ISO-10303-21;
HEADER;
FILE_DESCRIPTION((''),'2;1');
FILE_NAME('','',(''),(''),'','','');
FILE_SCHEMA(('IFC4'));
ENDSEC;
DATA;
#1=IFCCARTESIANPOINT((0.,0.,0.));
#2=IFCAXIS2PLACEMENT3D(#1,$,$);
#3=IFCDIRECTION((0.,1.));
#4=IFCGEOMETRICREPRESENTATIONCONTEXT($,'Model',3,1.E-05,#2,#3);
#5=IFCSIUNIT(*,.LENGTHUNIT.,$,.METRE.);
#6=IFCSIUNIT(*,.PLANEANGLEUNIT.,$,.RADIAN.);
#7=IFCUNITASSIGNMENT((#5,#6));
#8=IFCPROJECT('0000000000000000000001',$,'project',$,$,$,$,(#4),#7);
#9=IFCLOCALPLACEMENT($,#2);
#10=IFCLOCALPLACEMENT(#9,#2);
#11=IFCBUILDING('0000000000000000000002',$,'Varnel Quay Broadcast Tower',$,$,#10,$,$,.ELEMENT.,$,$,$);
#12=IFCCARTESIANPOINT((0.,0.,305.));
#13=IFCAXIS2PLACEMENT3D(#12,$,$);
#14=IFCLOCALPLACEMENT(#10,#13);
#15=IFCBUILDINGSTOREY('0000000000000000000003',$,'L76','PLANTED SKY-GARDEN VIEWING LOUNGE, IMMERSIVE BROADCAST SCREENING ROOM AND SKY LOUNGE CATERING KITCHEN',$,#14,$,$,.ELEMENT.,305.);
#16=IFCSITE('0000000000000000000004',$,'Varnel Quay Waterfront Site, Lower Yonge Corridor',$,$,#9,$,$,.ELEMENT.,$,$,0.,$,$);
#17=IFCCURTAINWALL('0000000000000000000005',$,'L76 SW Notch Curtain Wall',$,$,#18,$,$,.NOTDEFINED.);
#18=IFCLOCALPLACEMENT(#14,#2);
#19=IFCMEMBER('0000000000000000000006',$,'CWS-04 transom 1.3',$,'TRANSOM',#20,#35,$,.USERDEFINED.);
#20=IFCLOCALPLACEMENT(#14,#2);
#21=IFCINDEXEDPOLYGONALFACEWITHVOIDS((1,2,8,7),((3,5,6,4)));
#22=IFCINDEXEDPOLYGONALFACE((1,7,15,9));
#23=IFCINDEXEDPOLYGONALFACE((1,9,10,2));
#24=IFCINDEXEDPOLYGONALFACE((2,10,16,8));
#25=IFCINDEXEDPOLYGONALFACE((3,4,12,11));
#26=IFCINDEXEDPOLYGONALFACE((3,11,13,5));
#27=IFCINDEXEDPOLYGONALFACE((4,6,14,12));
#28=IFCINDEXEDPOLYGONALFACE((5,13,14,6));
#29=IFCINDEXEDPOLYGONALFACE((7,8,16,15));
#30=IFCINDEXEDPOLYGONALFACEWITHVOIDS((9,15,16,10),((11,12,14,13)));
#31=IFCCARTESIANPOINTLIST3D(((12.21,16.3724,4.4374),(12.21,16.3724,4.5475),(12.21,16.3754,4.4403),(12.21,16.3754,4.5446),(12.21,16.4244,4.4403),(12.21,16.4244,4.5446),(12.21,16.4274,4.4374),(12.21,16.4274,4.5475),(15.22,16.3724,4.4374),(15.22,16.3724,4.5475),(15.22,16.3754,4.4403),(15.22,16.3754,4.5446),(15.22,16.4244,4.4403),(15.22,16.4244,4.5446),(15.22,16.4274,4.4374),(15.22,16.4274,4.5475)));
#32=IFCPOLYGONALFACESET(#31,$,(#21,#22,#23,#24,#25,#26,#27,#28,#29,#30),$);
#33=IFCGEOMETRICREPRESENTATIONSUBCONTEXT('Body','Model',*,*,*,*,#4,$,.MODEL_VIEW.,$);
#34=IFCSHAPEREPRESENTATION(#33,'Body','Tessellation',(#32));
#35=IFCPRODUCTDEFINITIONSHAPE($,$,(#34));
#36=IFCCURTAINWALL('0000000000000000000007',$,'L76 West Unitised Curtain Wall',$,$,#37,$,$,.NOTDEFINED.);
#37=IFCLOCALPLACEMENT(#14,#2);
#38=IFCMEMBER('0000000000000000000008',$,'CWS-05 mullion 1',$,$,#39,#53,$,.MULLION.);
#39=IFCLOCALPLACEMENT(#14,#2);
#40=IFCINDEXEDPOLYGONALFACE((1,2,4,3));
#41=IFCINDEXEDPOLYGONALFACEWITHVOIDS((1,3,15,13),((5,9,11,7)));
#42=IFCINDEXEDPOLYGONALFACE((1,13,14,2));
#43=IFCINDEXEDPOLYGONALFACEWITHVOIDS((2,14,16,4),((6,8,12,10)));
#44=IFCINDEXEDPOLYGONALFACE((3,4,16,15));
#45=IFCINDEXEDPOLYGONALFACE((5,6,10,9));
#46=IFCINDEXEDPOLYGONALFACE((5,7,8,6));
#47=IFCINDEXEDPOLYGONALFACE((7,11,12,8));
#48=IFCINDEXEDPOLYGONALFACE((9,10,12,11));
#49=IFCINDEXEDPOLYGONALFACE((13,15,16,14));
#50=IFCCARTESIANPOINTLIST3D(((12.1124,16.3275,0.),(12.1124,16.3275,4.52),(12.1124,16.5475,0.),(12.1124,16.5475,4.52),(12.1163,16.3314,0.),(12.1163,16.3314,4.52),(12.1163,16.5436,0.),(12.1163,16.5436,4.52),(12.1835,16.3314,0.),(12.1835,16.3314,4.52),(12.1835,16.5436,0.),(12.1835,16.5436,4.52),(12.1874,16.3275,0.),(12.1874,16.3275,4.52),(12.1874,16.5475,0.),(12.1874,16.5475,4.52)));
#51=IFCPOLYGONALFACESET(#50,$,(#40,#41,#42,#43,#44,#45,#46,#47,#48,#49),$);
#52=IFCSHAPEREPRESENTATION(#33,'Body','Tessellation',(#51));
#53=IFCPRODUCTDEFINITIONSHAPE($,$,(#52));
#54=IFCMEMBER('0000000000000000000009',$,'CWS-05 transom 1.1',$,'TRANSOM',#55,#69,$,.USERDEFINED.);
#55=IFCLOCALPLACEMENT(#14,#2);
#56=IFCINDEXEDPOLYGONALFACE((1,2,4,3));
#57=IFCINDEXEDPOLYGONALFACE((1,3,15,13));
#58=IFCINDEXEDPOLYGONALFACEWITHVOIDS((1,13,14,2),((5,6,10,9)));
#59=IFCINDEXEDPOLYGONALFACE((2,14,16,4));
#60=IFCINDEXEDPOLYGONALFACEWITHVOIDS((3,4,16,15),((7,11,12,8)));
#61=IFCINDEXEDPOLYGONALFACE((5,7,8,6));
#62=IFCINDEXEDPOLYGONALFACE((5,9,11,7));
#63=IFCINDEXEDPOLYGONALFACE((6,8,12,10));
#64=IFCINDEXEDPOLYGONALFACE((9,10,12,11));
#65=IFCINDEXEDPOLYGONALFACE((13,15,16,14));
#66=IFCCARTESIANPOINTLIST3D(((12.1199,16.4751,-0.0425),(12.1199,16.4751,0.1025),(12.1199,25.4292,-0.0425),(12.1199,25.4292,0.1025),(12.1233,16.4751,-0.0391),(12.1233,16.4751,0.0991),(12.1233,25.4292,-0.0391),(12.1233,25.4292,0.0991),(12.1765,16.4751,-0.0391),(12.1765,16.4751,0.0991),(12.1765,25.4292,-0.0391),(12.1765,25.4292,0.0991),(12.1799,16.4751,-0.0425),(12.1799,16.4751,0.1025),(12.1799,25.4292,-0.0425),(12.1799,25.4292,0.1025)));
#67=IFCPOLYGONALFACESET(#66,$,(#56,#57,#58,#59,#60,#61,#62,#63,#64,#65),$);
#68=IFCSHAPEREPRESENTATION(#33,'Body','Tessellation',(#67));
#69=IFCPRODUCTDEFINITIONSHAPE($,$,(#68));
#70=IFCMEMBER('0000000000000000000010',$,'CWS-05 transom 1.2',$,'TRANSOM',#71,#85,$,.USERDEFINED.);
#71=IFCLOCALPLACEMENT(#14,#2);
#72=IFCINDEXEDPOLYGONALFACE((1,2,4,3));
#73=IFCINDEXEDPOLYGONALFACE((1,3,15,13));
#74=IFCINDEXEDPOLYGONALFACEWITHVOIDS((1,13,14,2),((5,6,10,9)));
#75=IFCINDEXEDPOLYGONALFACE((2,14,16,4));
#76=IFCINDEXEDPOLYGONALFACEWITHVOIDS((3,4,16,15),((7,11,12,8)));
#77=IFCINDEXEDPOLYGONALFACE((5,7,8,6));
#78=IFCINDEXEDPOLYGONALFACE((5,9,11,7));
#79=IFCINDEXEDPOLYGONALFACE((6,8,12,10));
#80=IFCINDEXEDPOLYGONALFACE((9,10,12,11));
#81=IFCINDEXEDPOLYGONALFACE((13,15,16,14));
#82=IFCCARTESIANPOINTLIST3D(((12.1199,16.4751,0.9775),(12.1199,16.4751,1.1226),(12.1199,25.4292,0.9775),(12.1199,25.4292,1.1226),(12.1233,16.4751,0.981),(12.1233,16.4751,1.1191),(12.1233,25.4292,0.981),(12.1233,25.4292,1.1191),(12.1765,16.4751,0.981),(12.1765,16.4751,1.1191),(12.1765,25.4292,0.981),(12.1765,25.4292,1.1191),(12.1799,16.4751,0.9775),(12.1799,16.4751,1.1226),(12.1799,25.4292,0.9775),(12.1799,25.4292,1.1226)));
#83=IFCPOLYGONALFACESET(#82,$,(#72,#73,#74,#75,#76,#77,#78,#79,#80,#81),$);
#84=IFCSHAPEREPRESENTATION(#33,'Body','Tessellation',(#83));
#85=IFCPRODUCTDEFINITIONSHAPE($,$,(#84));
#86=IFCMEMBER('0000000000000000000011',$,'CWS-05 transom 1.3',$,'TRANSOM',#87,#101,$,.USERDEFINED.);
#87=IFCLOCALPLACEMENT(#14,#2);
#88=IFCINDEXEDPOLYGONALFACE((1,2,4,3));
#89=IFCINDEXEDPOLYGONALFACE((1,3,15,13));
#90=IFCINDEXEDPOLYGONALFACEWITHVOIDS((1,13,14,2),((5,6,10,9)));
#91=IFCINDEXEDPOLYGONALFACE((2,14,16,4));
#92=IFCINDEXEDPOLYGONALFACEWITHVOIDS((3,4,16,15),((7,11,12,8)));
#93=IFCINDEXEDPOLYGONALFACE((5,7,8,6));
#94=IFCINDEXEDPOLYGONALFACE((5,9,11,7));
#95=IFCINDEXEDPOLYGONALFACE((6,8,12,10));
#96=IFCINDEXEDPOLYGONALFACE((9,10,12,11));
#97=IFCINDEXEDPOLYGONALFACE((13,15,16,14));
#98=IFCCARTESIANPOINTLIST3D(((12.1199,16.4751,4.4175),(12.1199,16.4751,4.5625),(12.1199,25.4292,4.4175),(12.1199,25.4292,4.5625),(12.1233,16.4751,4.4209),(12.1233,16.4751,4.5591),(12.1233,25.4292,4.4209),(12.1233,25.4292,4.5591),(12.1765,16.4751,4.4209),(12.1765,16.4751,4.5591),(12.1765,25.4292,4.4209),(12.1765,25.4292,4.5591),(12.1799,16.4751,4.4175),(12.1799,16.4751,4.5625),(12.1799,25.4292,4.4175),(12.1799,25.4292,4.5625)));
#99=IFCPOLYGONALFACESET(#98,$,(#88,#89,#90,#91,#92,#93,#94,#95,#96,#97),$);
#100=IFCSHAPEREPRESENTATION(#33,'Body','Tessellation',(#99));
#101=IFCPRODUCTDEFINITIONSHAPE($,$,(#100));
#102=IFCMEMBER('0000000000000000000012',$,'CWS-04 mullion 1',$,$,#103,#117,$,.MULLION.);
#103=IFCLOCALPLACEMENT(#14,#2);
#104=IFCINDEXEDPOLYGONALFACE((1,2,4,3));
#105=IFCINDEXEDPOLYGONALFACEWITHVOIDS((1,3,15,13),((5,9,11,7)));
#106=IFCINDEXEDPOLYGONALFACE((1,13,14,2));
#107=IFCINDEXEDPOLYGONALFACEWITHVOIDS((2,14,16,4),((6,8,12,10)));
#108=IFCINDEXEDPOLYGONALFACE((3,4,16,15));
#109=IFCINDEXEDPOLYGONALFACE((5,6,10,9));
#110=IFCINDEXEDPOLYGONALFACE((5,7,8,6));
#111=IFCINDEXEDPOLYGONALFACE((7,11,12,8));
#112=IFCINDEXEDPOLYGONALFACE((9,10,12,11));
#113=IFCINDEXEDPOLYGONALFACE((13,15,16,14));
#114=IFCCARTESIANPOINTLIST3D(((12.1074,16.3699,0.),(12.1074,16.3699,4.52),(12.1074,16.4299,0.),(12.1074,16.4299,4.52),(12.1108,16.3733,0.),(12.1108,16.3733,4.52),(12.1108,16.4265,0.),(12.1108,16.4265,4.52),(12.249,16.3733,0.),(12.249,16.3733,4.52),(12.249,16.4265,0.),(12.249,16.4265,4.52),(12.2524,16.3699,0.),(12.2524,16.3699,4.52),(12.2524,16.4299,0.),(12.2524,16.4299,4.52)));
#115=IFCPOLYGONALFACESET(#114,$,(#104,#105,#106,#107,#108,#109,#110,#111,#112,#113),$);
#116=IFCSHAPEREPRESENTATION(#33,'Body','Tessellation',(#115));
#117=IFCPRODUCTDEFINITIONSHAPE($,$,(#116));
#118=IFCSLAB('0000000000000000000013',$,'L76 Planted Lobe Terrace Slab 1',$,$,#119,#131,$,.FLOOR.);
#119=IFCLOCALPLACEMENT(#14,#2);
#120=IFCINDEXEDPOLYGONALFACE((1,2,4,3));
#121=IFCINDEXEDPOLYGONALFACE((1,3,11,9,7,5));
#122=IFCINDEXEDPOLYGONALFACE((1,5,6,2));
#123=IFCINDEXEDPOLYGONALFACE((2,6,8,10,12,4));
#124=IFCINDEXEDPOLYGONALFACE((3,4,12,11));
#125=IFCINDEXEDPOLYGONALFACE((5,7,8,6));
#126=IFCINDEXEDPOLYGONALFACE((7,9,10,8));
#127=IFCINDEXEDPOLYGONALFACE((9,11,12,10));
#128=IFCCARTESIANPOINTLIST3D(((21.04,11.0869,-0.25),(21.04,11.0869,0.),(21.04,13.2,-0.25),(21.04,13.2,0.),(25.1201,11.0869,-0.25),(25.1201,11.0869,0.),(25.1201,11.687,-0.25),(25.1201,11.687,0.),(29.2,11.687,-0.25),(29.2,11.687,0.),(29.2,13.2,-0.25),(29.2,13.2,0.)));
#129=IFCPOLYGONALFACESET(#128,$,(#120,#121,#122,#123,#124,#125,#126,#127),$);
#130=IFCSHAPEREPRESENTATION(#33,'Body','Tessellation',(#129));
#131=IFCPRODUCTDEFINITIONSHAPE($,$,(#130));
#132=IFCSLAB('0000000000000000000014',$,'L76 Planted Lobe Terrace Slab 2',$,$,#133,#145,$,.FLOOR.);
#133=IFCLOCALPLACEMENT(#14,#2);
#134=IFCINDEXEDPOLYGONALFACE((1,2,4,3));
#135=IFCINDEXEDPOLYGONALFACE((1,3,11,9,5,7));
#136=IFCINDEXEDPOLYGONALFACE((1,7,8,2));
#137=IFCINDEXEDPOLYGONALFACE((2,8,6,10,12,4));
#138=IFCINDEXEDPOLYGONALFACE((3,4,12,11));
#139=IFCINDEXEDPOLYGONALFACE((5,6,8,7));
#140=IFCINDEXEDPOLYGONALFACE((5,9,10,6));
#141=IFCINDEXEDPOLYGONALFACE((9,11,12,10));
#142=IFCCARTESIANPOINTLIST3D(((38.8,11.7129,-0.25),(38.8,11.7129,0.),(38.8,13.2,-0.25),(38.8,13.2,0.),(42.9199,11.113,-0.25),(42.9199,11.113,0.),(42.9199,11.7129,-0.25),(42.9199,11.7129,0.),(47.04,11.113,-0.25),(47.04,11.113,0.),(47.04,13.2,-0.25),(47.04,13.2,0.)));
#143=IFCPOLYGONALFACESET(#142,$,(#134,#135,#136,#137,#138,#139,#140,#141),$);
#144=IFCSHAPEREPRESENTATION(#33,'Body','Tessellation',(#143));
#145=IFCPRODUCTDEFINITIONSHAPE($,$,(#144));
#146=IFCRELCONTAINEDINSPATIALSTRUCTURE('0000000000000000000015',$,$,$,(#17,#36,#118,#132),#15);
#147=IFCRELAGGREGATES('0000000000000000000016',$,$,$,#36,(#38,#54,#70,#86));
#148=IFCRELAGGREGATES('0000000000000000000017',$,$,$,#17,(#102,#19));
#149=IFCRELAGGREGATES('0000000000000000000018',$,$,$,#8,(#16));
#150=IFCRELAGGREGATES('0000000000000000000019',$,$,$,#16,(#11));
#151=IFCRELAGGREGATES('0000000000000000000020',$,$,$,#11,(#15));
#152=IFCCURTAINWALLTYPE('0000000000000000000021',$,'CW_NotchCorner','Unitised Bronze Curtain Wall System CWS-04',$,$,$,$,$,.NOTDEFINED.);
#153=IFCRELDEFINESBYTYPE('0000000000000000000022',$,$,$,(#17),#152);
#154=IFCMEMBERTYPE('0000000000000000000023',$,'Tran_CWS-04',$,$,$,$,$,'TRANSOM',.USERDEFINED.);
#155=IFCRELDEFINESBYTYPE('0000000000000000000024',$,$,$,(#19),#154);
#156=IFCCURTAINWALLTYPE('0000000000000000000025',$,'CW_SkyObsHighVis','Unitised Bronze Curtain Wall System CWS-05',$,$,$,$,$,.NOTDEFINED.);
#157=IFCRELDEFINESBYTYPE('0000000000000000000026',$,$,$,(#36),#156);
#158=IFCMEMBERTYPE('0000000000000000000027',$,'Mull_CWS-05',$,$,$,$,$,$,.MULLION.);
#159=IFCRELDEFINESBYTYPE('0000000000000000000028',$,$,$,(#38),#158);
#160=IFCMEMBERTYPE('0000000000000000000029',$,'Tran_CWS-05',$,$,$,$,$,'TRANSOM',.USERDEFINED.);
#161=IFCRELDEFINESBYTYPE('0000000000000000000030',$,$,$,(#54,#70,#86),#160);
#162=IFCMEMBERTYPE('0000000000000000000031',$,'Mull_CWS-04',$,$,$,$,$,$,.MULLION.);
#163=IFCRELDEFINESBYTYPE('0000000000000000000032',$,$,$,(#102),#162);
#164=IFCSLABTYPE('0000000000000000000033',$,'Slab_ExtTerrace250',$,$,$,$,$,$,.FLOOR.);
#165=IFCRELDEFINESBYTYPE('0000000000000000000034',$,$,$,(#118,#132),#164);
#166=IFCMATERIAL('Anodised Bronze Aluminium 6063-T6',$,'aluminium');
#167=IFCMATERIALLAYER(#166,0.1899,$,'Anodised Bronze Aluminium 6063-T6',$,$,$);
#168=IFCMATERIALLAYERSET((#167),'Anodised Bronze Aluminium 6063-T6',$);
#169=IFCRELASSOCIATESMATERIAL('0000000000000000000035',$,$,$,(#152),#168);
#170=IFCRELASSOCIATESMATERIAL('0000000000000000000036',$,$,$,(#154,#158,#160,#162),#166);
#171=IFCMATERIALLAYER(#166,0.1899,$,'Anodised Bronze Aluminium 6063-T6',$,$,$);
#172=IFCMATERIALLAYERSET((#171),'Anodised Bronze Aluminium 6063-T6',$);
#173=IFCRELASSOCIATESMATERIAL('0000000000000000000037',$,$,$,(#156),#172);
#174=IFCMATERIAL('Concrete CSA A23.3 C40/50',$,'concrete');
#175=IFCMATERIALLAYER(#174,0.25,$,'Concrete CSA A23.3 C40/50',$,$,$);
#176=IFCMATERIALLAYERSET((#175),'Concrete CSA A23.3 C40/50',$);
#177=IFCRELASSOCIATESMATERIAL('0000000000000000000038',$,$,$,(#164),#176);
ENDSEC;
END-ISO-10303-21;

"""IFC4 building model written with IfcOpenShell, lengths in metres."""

from ifc_helpers import new_model, si_unit, direction, frame, origin, origin_2d, place, context, subcontext, project, spatial, polyline, hollow_rectangle, outline, extrude, source, transform, mapped, material, layer, layer_set, material_profile, profile_set, type_object, type_shapes, element, aggregate, save


model = new_model("IFC4")

# Units and contexts
model_context = context("Model", 3, precision=1e-05, world=origin(), true_north=direction((0.0, 1.0)))
body_context = subcontext(model_context, "Body", "Model", "MODEL_VIEW")
ifc_project = project(units=[si_unit("LENGTHUNIT", "METRE"), si_unit("PLANEANGLEUNIT", "RADIAN")], contexts=[model_context])

# Site, building, storey
site_placement = place(None, origin())
site = spatial("IfcSite", under=ifc_project, at=site_placement, Name="Varnel Quay Waterfront Site, Lower Yonge Corridor", CompositionType="ELEMENT", RefElevation=0.0)
building_placement = place(site_placement, origin())
building = spatial("IfcBuilding", under=site, at=building_placement, Name="Varnel Quay Broadcast Tower", CompositionType="ELEMENT")
storey_placement = place(building_placement, frame((0.0, 0.0, 305.0)))
storey = spatial("IfcBuildingStorey", under=building, at=storey_placement, Name="L76", Description="PLANTED SKY-GARDEN VIEWING LOUNGE, IMMERSIVE BROADCAST SCREENING ROOM AND SKY LOUNGE CATERING KITCHEN", CompositionType="ELEMENT", Elevation=305.0)

# Curtain walls, members
ifc_material_1 = material(Name="Anodised Bronze Aluminium 6063-T6", Category="aluminium")
ifc_layer_1 = layer(ifc_material_1, 0.1899, Name="Anodised Bronze Aluminium 6063-T6")
ifc_layer_set_1 = layer_set([ifc_layer_1], Name="Anodised Bronze Aluminium 6063-T6")
curtain_wall_type_1 = type_object("IfcCurtainWallType", Name="CW_NotchCorner", Description="Unitised Bronze Curtain Wall System CWS-04", PredefinedType="NOTDEFINED", material=ifc_layer_set_1)
curtain_wall_1_placement = place(storey_placement, origin())
curtain_wall_1 = element("IfcCurtainWall", 1, at=curtain_wall_1_placement, inside=storey, type_object=curtain_wall_type_1, Name="L76 SW Notch Curtain Wall", PredefinedType="NOTDEFINED")
ifc_material_profile_1 = material_profile(ifc_material_1, hollow_rectangle(XDim=0.0549, YDim=0.1101, WallThickness=0.0029, at=origin_2d()), Name="ALU55X110X3")
ifc_profile_set_1 = profile_set([ifc_material_profile_1], Name="Anodised Bronze Aluminium 6063-T6")
member_type_1 = type_object("IfcMemberType", Name="Tran_CWS-04", ElementType="TRANSOM", PredefinedType="USERDEFINED", material=ifc_profile_set_1)
shared_shape_1 = source(origin(), body_context, "Body", "SweptSolid", [
    extrude(hollow_rectangle(XDim=0.0549, YDim=0.1101, WallThickness=0.0029, at=origin_2d()), origin(), (0.0, 0.0, 1.0), 3.01),
])
type_shapes(member_type_1, [shared_shape_1])
member_1_placement = place(storey_placement, frame((12.21, 16.3999, 4.4924), z_axis=(1.0, 0.0, 0.0), x_axis=(0.0, 1.0, 0.0)))
member_1 = element("IfcMember", 2, at=member_1_placement, type_object=member_type_1, Name="CWS-04 transom 1.3", ObjectType="TRANSOM", PredefinedType="USERDEFINED", context=body_context, shape_type="MappedRepresentation", body=[
    mapped(shared_shape_1, transform((0.0, 0.0, 0.0), x_axis=(1.0, 0.0, 0.0), y_axis=(0.0, 1.0, 0.0), z_axis=(0.0, 0.0, 1.0), scale=1.0)),
])
ifc_layer_2 = layer(ifc_material_1, 0.1899, Name="Anodised Bronze Aluminium 6063-T6")
ifc_layer_set_2 = layer_set([ifc_layer_2], Name="Anodised Bronze Aluminium 6063-T6")
curtain_wall_type_2 = type_object("IfcCurtainWallType", Name="CW_SkyObsHighVis", Description="Unitised Bronze Curtain Wall System CWS-05", PredefinedType="NOTDEFINED", material=ifc_layer_set_2)
curtain_wall_2_placement = place(storey_placement, origin())
curtain_wall_2 = element("IfcCurtainWall", 3, at=curtain_wall_2_placement, inside=storey, type_object=curtain_wall_type_2, Name="L76 West Unitised Curtain Wall", PredefinedType="NOTDEFINED")
ifc_material_profile_2 = material_profile(ifc_material_1, hollow_rectangle(XDim=0.075, YDim=0.22, WallThickness=0.0039, at=origin_2d()), Name="ALU75X220X4")
ifc_profile_set_2 = profile_set([ifc_material_profile_2], Name="Anodised Bronze Aluminium 6063-T6")
member_type_2 = type_object("IfcMemberType", Name="Mull_CWS-05", PredefinedType="MULLION", material=ifc_profile_set_2)
shared_shape_2 = source(origin(), body_context, "Body", "SweptSolid", [
    extrude(hollow_rectangle(XDim=0.075, YDim=0.22, WallThickness=0.0039, at=origin_2d()), origin(), (0.0, 0.0, 1.0), 4.52),
])
type_shapes(member_type_2, [shared_shape_2])
member_2_placement = place(storey_placement, frame((12.1499, 16.4375, 0.0), z_axis=(0.0, 0.0, 1.0), x_axis=(-1.0, 0.0, 0.0)))
member_2 = element("IfcMember", 4, at=member_2_placement, type_object=member_type_2, Name="CWS-05 mullion 1", PredefinedType="MULLION", context=body_context, shape_type="MappedRepresentation", body=[
    mapped(shared_shape_2, transform((0.0, 0.0, 0.0), x_axis=(1.0, 0.0, 0.0), y_axis=(0.0, 1.0, 0.0), z_axis=(0.0, 0.0, 1.0), scale=1.0)),
])
ifc_material_profile_3 = material_profile(ifc_material_1, hollow_rectangle(XDim=0.0601, YDim=0.145, WallThickness=0.0034, at=origin_2d()), Name="ALU60X145X3.5")
ifc_profile_set_3 = profile_set([ifc_material_profile_3], Name="Anodised Bronze Aluminium 6063-T6")
member_type_3 = type_object("IfcMemberType", Name="Tran_CWS-05", ElementType="TRANSOM", PredefinedType="USERDEFINED", material=ifc_profile_set_3)
shared_shape_3 = source(origin(), body_context, "Body", "SweptSolid", [
    extrude(hollow_rectangle(XDim=0.0601, YDim=0.145, WallThickness=0.0034, at=origin_2d()), origin(), (0.0, 0.0, 1.0), 8.9541),
])
type_shapes(member_type_3, [shared_shape_3])
member_3_placement = place(storey_placement, frame((12.1499, 16.4751, 0.03), z_axis=(0.0, 1.0, 0.0), x_axis=(-1.0, 0.0, 0.0)))
member_3 = element("IfcMember", 5, at=member_3_placement, type_object=member_type_3, Name="CWS-05 transom 1.1", ObjectType="TRANSOM", PredefinedType="USERDEFINED", context=body_context, shape_type="MappedRepresentation", body=[
    mapped(shared_shape_3, transform((0.0, 0.0, 0.0), x_axis=(1.0, 0.0, 0.0), y_axis=(0.0, 1.0, 0.0), z_axis=(0.0, 0.0, 1.0), scale=1.0)),
])
member_4_placement = place(storey_placement, frame((12.1499, 16.4751, 1.05), z_axis=(0.0, 1.0, 0.0), x_axis=(-1.0, 0.0, 0.0)))
member_4 = element("IfcMember", 6, at=member_4_placement, type_object=member_type_3, Name="CWS-05 transom 1.2", ObjectType="TRANSOM", PredefinedType="USERDEFINED", context=body_context, shape_type="MappedRepresentation", body=[
    mapped(shared_shape_3, transform((0.0, 0.0, 0.0), x_axis=(1.0, 0.0, 0.0), y_axis=(0.0, 1.0, 0.0), z_axis=(0.0, 0.0, 1.0), scale=1.0)),
])
member_5_placement = place(storey_placement, frame((12.1499, 16.4751, 4.49), z_axis=(0.0, 1.0, 0.0), x_axis=(-1.0, 0.0, 0.0)))
member_5 = element("IfcMember", 7, at=member_5_placement, type_object=member_type_3, Name="CWS-05 transom 1.3", ObjectType="TRANSOM", PredefinedType="USERDEFINED", context=body_context, shape_type="MappedRepresentation", body=[
    mapped(shared_shape_3, transform((0.0, 0.0, 0.0), x_axis=(1.0, 0.0, 0.0), y_axis=(0.0, 1.0, 0.0), z_axis=(0.0, 0.0, 1.0), scale=1.0)),
])

# Member
ifc_material_profile_4 = material_profile(ifc_material_1, hollow_rectangle(XDim=0.0601, YDim=0.145, WallThickness=0.0034, at=origin_2d()), Name="ALU60X145X3.5")
ifc_profile_set_4 = profile_set([ifc_material_profile_4], Name="Anodised Bronze Aluminium 6063-T6")
member_type_4 = type_object("IfcMemberType", Name="Mull_CWS-04", PredefinedType="MULLION", material=ifc_profile_set_4)
shared_shape_4 = source(origin(), body_context, "Body", "SweptSolid", [
    extrude(hollow_rectangle(XDim=0.0601, YDim=0.145, WallThickness=0.0034, at=origin_2d()), origin(), (0.0, 0.0, 1.0), 4.52),
])
type_shapes(member_type_4, [shared_shape_4])
member_6_placement = place(storey_placement, frame((12.1799, 16.3999, 0.0), z_axis=(0.0, 0.0, 1.0), x_axis=(0.0, 1.0, 0.0)))
member_6 = element("IfcMember", 8, at=member_6_placement, type_object=member_type_4, Name="CWS-04 mullion 1", PredefinedType="MULLION", context=body_context, shape_type="MappedRepresentation", body=[
    mapped(shared_shape_4, transform((0.0, 0.0, 0.0), x_axis=(1.0, 0.0, 0.0), y_axis=(0.0, 1.0, 0.0), z_axis=(0.0, 0.0, 1.0), scale=1.0)),
])

# Slabs
ifc_material_2 = material(Name="Concrete CSA A23.3 C40/50", Category="concrete")
ifc_layer_3 = layer(ifc_material_2, 0.25, Name="Concrete CSA A23.3 C40/50")
ifc_layer_set_3 = layer_set([ifc_layer_3], Name="Concrete CSA A23.3 C40/50")
slab_type_1 = type_object("IfcSlabType", Name="Slab_ExtTerrace250", PredefinedType="FLOOR", material=ifc_layer_set_3)
slab_1_placement = place(storey_placement, frame((0.0, 0.0, -0.25)))
element("IfcSlab", 9, at=slab_1_placement, inside=storey, type_object=slab_type_1, Name="L76 Planted Lobe Terrace Slab 1", PredefinedType="FLOOR", context=body_context, shape_type="SweptSolid", body=[
    extrude(outline(polyline([(21.04, 11.0869), (25.1201, 11.0869), (25.1201, 11.687), (29.2, 11.687), (29.2, 13.2), (21.04, 13.2), (21.04, 11.0869)])), origin(), (0.0, 0.0, 1.0), 0.25),
])
slab_2_placement = place(storey_placement, frame((0.0, 0.0, -0.25)))
element("IfcSlab", 10, at=slab_2_placement, inside=storey, type_object=slab_type_1, Name="L76 Planted Lobe Terrace Slab 2", PredefinedType="FLOOR", context=body_context, shape_type="SweptSolid", body=[
    extrude(outline(polyline([(38.8, 11.7129), (42.9199, 11.7129), (42.9199, 11.113), (47.04, 11.113), (47.04, 13.2), (38.8, 13.2), (38.8, 11.7129)])), origin(), (0.0, 0.0, 1.0), 0.25),
])

aggregate(curtain_wall_2, [member_2, member_3, member_4, member_5])
aggregate(curtain_wall_1, [member_6, member_1])

save(model, "model.ifc")
